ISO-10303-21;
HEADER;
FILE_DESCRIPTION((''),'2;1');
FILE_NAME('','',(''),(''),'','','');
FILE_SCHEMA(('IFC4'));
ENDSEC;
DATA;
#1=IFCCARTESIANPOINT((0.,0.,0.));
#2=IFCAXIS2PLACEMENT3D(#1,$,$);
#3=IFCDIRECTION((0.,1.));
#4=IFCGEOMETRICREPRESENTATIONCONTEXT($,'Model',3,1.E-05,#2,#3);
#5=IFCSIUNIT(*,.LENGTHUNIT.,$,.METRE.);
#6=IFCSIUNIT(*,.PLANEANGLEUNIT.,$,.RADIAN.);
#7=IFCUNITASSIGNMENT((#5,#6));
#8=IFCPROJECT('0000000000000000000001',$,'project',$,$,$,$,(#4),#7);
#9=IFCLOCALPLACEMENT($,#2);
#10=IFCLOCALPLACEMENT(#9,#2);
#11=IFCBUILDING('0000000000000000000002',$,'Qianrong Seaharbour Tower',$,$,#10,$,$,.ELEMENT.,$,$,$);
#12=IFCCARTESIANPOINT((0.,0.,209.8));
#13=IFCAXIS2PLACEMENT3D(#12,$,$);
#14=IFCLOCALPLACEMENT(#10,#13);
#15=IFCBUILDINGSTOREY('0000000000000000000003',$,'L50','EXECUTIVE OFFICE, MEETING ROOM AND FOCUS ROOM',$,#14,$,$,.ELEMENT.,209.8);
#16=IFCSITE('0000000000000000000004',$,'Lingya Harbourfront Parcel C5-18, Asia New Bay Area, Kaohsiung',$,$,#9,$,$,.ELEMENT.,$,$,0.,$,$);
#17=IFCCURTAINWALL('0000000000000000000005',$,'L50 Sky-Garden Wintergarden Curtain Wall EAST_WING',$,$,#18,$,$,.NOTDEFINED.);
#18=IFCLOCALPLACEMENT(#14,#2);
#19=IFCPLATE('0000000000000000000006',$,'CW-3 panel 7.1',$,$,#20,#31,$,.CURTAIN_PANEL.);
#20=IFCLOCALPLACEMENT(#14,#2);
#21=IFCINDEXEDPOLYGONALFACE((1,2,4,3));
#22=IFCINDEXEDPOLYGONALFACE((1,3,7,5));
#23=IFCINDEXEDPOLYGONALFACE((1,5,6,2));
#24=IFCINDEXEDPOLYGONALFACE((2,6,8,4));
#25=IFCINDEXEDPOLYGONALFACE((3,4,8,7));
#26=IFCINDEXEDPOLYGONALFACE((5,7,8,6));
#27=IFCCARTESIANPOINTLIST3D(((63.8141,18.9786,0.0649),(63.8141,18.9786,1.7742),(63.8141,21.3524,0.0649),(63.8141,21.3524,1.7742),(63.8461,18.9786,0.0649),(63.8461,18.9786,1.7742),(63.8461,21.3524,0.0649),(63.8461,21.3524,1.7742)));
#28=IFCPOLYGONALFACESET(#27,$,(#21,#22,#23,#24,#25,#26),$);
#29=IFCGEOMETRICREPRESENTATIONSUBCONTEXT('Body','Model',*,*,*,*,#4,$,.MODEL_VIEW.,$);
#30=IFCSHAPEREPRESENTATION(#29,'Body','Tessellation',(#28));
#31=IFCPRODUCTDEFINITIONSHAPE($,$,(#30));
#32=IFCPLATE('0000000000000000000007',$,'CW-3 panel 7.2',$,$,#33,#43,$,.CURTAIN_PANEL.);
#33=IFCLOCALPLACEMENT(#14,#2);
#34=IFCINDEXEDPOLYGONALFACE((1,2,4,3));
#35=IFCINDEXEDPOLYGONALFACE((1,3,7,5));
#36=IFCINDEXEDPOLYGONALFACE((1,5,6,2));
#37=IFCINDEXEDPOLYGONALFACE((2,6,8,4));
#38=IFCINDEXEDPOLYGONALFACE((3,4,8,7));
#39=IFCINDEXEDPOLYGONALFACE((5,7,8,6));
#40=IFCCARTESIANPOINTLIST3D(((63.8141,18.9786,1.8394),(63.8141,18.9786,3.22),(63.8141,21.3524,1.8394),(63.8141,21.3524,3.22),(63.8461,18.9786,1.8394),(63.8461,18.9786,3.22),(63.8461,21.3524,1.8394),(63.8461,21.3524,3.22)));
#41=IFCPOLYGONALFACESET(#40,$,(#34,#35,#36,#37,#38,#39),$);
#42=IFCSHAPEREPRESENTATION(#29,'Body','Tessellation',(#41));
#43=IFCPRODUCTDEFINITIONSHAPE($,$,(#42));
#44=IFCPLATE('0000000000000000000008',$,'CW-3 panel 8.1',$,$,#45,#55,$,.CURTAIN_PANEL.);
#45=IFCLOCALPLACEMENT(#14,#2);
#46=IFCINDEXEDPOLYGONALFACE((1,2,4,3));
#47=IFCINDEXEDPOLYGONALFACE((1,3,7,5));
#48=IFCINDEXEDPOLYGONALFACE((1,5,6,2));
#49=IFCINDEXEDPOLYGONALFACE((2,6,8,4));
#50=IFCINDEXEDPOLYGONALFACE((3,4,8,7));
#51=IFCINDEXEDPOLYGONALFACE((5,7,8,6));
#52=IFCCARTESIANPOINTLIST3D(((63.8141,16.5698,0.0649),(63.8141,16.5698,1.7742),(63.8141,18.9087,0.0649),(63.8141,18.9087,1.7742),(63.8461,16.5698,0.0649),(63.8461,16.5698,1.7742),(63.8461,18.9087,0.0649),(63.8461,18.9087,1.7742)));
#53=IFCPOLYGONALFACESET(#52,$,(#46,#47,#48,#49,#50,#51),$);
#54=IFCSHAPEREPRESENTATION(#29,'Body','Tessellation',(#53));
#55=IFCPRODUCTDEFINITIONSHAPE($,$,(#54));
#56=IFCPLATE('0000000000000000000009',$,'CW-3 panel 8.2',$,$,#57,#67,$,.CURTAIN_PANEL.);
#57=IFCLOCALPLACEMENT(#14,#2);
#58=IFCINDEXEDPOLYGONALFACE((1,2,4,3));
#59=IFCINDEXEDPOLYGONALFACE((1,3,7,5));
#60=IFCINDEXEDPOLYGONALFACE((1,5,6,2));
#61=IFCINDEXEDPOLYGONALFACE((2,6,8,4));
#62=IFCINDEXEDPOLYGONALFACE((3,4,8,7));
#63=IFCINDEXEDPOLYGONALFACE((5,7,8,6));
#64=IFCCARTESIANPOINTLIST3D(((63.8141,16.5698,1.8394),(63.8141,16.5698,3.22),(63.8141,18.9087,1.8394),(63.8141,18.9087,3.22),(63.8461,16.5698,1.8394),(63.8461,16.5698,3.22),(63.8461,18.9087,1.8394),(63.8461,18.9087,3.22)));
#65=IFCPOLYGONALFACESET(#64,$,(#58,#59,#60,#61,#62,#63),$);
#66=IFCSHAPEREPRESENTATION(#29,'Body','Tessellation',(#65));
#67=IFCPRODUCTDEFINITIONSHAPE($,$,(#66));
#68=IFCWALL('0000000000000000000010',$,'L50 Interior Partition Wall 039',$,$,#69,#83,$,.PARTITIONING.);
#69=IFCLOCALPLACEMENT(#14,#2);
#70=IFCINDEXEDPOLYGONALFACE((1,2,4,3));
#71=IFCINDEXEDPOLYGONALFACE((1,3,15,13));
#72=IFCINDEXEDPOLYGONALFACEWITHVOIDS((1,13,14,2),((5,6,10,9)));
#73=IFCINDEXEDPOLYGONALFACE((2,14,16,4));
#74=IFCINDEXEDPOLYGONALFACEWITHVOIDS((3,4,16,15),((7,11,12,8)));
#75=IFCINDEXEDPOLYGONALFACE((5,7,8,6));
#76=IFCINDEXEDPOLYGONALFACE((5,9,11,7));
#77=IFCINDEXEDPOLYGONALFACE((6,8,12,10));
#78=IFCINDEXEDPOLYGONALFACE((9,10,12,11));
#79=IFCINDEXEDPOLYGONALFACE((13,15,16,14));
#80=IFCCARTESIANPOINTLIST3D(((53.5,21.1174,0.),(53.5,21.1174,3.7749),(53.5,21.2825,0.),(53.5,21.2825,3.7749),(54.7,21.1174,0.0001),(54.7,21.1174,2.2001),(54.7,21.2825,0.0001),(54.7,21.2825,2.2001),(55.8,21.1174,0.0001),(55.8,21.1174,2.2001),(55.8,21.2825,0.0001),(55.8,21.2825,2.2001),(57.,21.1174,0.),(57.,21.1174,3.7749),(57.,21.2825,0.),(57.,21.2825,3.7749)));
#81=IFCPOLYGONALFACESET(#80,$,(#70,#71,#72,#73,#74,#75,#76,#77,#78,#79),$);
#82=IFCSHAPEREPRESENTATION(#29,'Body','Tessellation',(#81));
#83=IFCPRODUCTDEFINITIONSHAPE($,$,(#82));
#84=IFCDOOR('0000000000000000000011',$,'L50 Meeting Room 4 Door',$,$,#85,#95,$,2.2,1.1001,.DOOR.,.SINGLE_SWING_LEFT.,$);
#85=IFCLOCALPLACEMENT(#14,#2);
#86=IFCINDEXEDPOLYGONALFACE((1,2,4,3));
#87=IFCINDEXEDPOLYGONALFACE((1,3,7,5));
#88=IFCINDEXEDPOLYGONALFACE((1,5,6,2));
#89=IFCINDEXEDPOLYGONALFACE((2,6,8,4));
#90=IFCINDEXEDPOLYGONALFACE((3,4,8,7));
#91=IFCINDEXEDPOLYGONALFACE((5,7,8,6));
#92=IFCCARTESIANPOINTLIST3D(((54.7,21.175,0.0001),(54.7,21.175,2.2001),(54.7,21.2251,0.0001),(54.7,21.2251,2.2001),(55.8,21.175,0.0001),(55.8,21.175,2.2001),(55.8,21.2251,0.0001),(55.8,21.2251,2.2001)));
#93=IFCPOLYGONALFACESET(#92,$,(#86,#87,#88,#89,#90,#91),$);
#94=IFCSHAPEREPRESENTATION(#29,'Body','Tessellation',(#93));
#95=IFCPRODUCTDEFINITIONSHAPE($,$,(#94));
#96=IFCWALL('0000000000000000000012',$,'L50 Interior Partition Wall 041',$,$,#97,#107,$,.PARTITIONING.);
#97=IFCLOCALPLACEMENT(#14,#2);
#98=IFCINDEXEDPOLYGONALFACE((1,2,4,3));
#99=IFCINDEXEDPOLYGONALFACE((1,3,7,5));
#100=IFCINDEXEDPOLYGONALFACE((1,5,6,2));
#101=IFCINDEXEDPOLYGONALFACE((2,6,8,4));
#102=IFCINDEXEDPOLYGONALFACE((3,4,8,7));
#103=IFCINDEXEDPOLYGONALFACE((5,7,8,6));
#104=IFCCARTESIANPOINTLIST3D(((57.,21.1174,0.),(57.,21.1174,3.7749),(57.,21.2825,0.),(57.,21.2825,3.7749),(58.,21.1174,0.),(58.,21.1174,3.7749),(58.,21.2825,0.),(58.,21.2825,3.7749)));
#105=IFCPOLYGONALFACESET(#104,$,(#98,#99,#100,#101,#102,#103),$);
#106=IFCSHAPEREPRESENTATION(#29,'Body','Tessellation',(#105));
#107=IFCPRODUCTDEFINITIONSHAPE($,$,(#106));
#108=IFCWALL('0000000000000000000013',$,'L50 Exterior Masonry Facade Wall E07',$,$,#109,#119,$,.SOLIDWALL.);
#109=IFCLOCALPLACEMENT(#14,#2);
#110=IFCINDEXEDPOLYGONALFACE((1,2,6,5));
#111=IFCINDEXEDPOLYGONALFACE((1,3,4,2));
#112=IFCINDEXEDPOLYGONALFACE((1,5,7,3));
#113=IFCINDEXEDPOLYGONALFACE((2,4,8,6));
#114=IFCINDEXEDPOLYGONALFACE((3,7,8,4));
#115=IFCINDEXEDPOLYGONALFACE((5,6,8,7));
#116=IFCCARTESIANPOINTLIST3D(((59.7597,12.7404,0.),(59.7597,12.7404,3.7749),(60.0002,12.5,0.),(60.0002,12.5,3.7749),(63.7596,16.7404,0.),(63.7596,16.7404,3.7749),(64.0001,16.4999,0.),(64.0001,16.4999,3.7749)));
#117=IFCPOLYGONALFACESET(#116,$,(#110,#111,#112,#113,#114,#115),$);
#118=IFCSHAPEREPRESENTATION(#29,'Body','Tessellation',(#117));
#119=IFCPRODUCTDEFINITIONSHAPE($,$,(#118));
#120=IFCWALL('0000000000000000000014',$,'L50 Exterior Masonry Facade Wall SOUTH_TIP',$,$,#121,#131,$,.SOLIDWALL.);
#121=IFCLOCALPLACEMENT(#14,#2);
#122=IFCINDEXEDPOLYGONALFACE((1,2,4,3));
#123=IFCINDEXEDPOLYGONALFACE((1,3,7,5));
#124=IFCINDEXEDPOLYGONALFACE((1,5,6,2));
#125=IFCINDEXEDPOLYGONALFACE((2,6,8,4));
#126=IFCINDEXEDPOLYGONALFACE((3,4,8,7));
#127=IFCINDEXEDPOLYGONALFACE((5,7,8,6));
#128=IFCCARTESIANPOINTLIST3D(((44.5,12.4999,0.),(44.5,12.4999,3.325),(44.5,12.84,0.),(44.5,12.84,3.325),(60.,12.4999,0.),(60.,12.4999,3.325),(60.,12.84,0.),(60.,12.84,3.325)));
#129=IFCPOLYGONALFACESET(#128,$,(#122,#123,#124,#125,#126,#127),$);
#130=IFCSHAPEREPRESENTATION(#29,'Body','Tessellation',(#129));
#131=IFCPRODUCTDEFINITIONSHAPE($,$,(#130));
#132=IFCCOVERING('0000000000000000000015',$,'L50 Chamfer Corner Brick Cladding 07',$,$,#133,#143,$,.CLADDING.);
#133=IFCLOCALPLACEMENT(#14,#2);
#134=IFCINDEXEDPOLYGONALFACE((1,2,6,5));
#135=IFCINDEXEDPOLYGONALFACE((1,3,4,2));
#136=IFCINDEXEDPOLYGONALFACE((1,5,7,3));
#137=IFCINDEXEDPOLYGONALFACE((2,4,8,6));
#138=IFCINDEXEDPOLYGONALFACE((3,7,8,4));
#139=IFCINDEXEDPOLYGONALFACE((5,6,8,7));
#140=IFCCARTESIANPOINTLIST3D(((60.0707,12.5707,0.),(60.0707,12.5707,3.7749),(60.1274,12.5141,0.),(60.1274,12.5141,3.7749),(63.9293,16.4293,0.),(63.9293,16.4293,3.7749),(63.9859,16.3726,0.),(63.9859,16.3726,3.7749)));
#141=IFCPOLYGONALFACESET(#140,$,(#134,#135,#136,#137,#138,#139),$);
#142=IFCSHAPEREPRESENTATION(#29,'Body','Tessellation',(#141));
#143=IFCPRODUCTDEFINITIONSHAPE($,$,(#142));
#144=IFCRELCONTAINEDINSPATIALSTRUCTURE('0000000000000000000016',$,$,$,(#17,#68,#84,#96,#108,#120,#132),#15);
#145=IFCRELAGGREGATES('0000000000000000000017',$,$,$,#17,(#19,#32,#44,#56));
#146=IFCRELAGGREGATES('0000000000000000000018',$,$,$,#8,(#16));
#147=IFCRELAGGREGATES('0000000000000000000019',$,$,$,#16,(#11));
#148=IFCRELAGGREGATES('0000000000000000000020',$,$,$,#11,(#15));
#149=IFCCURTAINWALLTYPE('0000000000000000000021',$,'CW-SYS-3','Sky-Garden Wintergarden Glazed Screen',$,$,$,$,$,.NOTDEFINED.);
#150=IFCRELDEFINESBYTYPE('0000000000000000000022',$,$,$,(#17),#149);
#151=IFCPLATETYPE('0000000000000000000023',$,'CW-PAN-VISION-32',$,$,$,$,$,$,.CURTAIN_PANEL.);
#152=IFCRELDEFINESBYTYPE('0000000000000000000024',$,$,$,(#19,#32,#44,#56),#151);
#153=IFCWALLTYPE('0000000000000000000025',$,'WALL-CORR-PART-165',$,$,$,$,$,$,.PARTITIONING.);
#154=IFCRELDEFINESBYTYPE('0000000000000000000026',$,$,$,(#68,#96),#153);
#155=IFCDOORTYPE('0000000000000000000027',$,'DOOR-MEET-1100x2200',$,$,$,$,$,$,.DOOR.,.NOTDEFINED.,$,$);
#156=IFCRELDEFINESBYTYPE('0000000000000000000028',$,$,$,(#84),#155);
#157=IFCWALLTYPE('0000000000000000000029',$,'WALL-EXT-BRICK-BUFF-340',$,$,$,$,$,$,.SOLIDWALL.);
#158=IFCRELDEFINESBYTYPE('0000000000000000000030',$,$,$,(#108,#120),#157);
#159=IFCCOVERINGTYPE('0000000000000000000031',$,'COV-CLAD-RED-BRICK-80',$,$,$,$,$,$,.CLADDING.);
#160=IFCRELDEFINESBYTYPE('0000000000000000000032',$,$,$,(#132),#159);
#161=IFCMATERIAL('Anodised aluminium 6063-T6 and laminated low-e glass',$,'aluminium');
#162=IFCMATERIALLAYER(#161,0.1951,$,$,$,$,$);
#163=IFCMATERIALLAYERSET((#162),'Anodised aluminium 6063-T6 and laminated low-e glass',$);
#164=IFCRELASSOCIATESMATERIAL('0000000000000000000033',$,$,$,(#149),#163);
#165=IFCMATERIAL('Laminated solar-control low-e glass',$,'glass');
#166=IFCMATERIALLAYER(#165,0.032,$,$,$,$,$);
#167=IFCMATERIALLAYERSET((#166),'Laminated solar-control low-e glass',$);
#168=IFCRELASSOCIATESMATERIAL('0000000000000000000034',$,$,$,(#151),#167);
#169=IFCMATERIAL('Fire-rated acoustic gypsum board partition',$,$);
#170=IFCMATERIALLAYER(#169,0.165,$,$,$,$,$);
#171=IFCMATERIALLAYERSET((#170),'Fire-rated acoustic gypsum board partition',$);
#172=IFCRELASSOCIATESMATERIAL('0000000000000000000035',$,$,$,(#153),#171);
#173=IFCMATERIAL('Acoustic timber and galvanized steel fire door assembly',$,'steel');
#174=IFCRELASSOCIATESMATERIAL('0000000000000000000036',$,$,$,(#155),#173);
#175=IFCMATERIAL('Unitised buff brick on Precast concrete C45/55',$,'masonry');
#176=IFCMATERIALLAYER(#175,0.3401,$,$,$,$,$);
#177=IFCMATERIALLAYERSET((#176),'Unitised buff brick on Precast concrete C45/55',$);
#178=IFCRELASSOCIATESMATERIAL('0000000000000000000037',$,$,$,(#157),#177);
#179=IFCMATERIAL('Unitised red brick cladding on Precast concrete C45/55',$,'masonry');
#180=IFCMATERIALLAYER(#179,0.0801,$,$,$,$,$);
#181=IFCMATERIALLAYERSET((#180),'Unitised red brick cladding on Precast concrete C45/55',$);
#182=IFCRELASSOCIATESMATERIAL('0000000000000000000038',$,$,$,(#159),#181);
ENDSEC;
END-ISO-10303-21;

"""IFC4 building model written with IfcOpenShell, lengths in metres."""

from ifc_helpers import new_model, si_unit, direction, frame, frame_2d, origin, origin_2d, place, context, subcontext, project, spatial, rectangle, extrude, material, layer, layer_set, type_object, element, fill, aggregate, save


model = new_model("IFC4")

# Units and contexts
model_context = context("Model", 3, precision=1e-05, world=origin(), true_north=direction((0.0, 1.0)))
body_context = subcontext(model_context, "Body", "Model", "MODEL_VIEW")
ifc_project = project(units=[si_unit("LENGTHUNIT", "METRE"), si_unit("PLANEANGLEUNIT", "RADIAN")], contexts=[model_context])

# Site, building, storey
site_placement = place(None, origin())
site = spatial("IfcSite", under=ifc_project, at=site_placement, Name="Lingya Harbourfront Parcel C5-18, Asia New Bay Area, Kaohsiung", CompositionType="ELEMENT", RefElevation=0.0)
building_placement = place(site_placement, origin())
building = spatial("IfcBuilding", under=site, at=building_placement, Name="Qianrong Seaharbour Tower", CompositionType="ELEMENT")
storey_placement = place(building_placement, frame((0.0, 0.0, 209.8)))
storey = spatial("IfcBuildingStorey", under=building, at=storey_placement, Name="L50", Description="EXECUTIVE OFFICE, MEETING ROOM AND FOCUS ROOM", CompositionType="ELEMENT", Elevation=209.8)

# Curtain wall, plates
ifc_material_1 = material(Name="Anodised aluminium 6063-T6 and laminated low-e glass", Category="aluminium")
ifc_layer_1 = layer(ifc_material_1, 0.1951)
ifc_layer_set_1 = layer_set([ifc_layer_1], Name="Anodised aluminium 6063-T6 and laminated low-e glass")
curtain_wall_type = type_object("IfcCurtainWallType", Name="CW-SYS-3", Description="Sky-Garden Wintergarden Glazed Screen", PredefinedType="NOTDEFINED", material=ifc_layer_set_1)
curtain_wall_placement = place(storey_placement, origin())
curtain_wall = element("IfcCurtainWall", 1, at=curtain_wall_placement, inside=storey, type_object=curtain_wall_type, Name="L50 Sky-Garden Wintergarden Curtain Wall EAST_WING", PredefinedType="NOTDEFINED")
ifc_material_2 = material(Name="Laminated solar-control low-e glass", Category="glass")
ifc_layer_2 = layer(ifc_material_2, 0.032)
ifc_layer_set_2 = layer_set([ifc_layer_2], Name="Laminated solar-control low-e glass")
plate_type = type_object("IfcPlateType", Name="CW-PAN-VISION-32", PredefinedType="CURTAIN_PANEL", material=ifc_layer_set_2)
plate_1_placement = place(storey_placement, frame((63.8301, 20.1655, 0.0649), z_axis=(0.0, 0.0, 1.0), x_axis=(0.0, -1.0, 0.0)))
plate_1 = element("IfcPlate", 2, at=plate_1_placement, type_object=plate_type, Name="CW-3 panel 7.1", PredefinedType="CURTAIN_PANEL", context=body_context, shape_type="SweptSolid", body=[
    extrude(rectangle(XDim=2.3738, YDim=0.032, at=origin_2d()), origin(), (0.0, 0.0, 1.0), 1.7092),
])
plate_2_placement = place(storey_placement, frame((63.8301, 20.1655, 1.8394), z_axis=(0.0, 0.0, 1.0), x_axis=(0.0, -1.0, 0.0)))
plate_2 = element("IfcPlate", 3, at=plate_2_placement, type_object=plate_type, Name="CW-3 panel 7.2", PredefinedType="CURTAIN_PANEL", context=body_context, shape_type="SweptSolid", body=[
    extrude(rectangle(XDim=2.3738, YDim=0.032, at=origin_2d()), origin(), (0.0, 0.0, 1.0), 1.3806),
])
plate_3_placement = place(storey_placement, frame((63.8301, 17.7393, 0.0649), z_axis=(0.0, 0.0, 1.0), x_axis=(0.0, -1.0, 0.0)))
plate_3 = element("IfcPlate", 4, at=plate_3_placement, type_object=plate_type, Name="CW-3 panel 8.1", PredefinedType="CURTAIN_PANEL", context=body_context, shape_type="SweptSolid", body=[
    extrude(rectangle(XDim=2.3389, YDim=0.032, at=origin_2d()), origin(), (0.0, 0.0, 1.0), 1.7092),
])
plate_4_placement = place(storey_placement, frame((63.8301, 17.7393, 1.8394), z_axis=(0.0, 0.0, 1.0), x_axis=(0.0, -1.0, 0.0)))
plate_4 = element("IfcPlate", 5, at=plate_4_placement, type_object=plate_type, Name="CW-3 panel 8.2", PredefinedType="CURTAIN_PANEL", context=body_context, shape_type="SweptSolid", body=[
    extrude(rectangle(XDim=2.3389, YDim=0.032, at=origin_2d()), origin(), (0.0, 0.0, 1.0), 1.3806),
])
aggregate(curtain_wall, [plate_1, plate_2, plate_3, plate_4])

# Wall, opening, door
ifc_material_3 = material(Name="Fire-rated acoustic gypsum board partition")
ifc_layer_3 = layer(ifc_material_3, 0.165)
ifc_layer_set_3 = layer_set([ifc_layer_3], Name="Fire-rated acoustic gypsum board partition")
wall_type_1 = type_object("IfcWallType", Name="WALL-CORR-PART-165", PredefinedType="PARTITIONING", material=ifc_layer_set_3)
wall_1_placement = place(storey_placement, frame((57.0, 21.2, 0.0), z_axis=(0.0, 0.0, 1.0), x_axis=(-1.0, 0.0, 0.0)))
wall_1 = element("IfcWall", 6, at=wall_1_placement, inside=storey, type_object=wall_type_1, Name="L50 Interior Partition Wall 039", PredefinedType="PARTITIONING", context=body_context, shape_type="SweptSolid", body=[
    extrude(rectangle(XDim=3.5, YDim=0.165, at=frame_2d((1.75, 0.0))), origin(), (0.0, 0.0, 1.0), 3.7749),
])
opening_placement = place(wall_1_placement, frame((1.2, 0.0, 0.0)))
opening = element("IfcOpeningElement", 7, at=opening_placement, cuts=wall_1, PredefinedType="OPENING", context=body_context, shape_type="SweptSolid", body=[
    extrude(rectangle(XDim=1.1001, YDim=2.2, at=frame_2d((0.55, 1.1001))), frame((0.0, 0.0925, 0.0), z_axis=(0.0, -1.0, 0.0), x_axis=(1.0, 0.0, 0.0)), (0.0, 0.0, 1.0), 0.1851),
])
ifc_material_4 = material(Name="Acoustic timber and galvanized steel fire door assembly", Category="steel")
door_type = type_object("IfcDoorType", Name="DOOR-MEET-1100x2200", OperationType="NOTDEFINED", PredefinedType="DOOR", material=ifc_material_4)
door_placement = place(opening_placement, origin())
door = element("IfcDoor", 8, at=door_placement, inside=storey, type_object=door_type, Name="L50 Meeting Room 4 Door", OperationType="SINGLE_SWING_LEFT", OverallHeight=2.2, OverallWidth=1.1001, PredefinedType="DOOR", context=body_context, shape_type="SweptSolid", body=[
    extrude(rectangle(XDim=1.1001, YDim=2.2, at=frame_2d((0.55, 1.1001))), frame((0.0, 0.0249, 0.0), z_axis=(0.0, -1.0, 0.0), x_axis=(1.0, 0.0, 0.0)), (0.0, 0.0, 1.0), 0.05),
])
fill(opening, door)

# Walls
wall_2_placement = place(storey_placement, frame((58.0, 21.2, 0.0), z_axis=(0.0, 0.0, 1.0), x_axis=(-1.0, 0.0, 0.0)))
element("IfcWall", 9, at=wall_2_placement, inside=storey, type_object=wall_type_1, Name="L50 Interior Partition Wall 041", PredefinedType="PARTITIONING", context=body_context, shape_type="SweptSolid", body=[
    extrude(rectangle(XDim=1.0, YDim=0.165, at=frame_2d((0.5, 0.0))), origin(), (0.0, 0.0, 1.0), 3.7749),
])
ifc_material_5 = material(Name="Unitised buff brick on Precast concrete C45/55", Category="masonry")
ifc_layer_4 = layer(ifc_material_5, 0.3401)
ifc_layer_set_4 = layer_set([ifc_layer_4], Name="Unitised buff brick on Precast concrete C45/55")
wall_type_2 = type_object("IfcWallType", Name="WALL-EXT-BRICK-BUFF-340", PredefinedType="SOLIDWALL", material=ifc_layer_set_4)
wall_3_placement = place(storey_placement, frame((63.8799, 16.6201, 0.0), z_axis=(0.0, 0.0, 1.0), x_axis=(-0.707107, -0.707107, 0.0)))
element("IfcWall", 10, at=wall_3_placement, inside=storey, type_object=wall_type_2, Name="L50 Exterior Masonry Facade Wall E07", PredefinedType="SOLIDWALL", context=body_context, shape_type="SweptSolid", body=[
    extrude(rectangle(XDim=5.6567, YDim=0.3401, at=frame_2d((2.8284, 0.0))), origin(), (0.0, 0.0, 1.0), 3.7749),
])
wall_4_placement = place(storey_placement, frame((60.0, 12.6699, 0.0), z_axis=(0.0, 0.0, 1.0), x_axis=(-1.0, 0.0, 0.0)))
element("IfcWall", 11, at=wall_4_placement, inside=storey, type_object=wall_type_2, Name="L50 Exterior Masonry Facade Wall SOUTH_TIP", PredefinedType="SOLIDWALL", context=body_context, shape_type="SweptSolid", body=[
    extrude(rectangle(XDim=15.5, YDim=0.3401, at=frame_2d((7.75, 0.0))), origin(), (0.0, 0.0, 1.0), 3.325),
])

# Covering
ifc_material_6 = material(Name="Unitised red brick cladding on Precast concrete C45/55", Category="masonry")
ifc_layer_5 = layer(ifc_material_6, 0.0801)
ifc_layer_set_5 = layer_set([ifc_layer_5], Name="Unitised red brick cladding on Precast concrete C45/55")
covering_type = type_object("IfcCoveringType", Name="COV-CLAD-RED-BRICK-80", PredefinedType="CLADDING", material=ifc_layer_set_5)
covering_placement = place(storey_placement, frame((62.0283, 14.4717, 0.0), z_axis=(0.0, 0.0, 1.0), x_axis=(-0.707107, -0.707107, 0.0)))
element("IfcCovering", 12, at=covering_placement, inside=storey, type_object=covering_type, Name="L50 Chamfer Corner Brick Cladding 07", PredefinedType="CLADDING", context=body_context, shape_type="SweptSolid", body=[
    extrude(rectangle(XDim=5.4568, YDim=0.0801, at=origin_2d()), origin(), (0.0, 0.0, 1.0), 3.7749),
])

save(model, "model.ifc")
